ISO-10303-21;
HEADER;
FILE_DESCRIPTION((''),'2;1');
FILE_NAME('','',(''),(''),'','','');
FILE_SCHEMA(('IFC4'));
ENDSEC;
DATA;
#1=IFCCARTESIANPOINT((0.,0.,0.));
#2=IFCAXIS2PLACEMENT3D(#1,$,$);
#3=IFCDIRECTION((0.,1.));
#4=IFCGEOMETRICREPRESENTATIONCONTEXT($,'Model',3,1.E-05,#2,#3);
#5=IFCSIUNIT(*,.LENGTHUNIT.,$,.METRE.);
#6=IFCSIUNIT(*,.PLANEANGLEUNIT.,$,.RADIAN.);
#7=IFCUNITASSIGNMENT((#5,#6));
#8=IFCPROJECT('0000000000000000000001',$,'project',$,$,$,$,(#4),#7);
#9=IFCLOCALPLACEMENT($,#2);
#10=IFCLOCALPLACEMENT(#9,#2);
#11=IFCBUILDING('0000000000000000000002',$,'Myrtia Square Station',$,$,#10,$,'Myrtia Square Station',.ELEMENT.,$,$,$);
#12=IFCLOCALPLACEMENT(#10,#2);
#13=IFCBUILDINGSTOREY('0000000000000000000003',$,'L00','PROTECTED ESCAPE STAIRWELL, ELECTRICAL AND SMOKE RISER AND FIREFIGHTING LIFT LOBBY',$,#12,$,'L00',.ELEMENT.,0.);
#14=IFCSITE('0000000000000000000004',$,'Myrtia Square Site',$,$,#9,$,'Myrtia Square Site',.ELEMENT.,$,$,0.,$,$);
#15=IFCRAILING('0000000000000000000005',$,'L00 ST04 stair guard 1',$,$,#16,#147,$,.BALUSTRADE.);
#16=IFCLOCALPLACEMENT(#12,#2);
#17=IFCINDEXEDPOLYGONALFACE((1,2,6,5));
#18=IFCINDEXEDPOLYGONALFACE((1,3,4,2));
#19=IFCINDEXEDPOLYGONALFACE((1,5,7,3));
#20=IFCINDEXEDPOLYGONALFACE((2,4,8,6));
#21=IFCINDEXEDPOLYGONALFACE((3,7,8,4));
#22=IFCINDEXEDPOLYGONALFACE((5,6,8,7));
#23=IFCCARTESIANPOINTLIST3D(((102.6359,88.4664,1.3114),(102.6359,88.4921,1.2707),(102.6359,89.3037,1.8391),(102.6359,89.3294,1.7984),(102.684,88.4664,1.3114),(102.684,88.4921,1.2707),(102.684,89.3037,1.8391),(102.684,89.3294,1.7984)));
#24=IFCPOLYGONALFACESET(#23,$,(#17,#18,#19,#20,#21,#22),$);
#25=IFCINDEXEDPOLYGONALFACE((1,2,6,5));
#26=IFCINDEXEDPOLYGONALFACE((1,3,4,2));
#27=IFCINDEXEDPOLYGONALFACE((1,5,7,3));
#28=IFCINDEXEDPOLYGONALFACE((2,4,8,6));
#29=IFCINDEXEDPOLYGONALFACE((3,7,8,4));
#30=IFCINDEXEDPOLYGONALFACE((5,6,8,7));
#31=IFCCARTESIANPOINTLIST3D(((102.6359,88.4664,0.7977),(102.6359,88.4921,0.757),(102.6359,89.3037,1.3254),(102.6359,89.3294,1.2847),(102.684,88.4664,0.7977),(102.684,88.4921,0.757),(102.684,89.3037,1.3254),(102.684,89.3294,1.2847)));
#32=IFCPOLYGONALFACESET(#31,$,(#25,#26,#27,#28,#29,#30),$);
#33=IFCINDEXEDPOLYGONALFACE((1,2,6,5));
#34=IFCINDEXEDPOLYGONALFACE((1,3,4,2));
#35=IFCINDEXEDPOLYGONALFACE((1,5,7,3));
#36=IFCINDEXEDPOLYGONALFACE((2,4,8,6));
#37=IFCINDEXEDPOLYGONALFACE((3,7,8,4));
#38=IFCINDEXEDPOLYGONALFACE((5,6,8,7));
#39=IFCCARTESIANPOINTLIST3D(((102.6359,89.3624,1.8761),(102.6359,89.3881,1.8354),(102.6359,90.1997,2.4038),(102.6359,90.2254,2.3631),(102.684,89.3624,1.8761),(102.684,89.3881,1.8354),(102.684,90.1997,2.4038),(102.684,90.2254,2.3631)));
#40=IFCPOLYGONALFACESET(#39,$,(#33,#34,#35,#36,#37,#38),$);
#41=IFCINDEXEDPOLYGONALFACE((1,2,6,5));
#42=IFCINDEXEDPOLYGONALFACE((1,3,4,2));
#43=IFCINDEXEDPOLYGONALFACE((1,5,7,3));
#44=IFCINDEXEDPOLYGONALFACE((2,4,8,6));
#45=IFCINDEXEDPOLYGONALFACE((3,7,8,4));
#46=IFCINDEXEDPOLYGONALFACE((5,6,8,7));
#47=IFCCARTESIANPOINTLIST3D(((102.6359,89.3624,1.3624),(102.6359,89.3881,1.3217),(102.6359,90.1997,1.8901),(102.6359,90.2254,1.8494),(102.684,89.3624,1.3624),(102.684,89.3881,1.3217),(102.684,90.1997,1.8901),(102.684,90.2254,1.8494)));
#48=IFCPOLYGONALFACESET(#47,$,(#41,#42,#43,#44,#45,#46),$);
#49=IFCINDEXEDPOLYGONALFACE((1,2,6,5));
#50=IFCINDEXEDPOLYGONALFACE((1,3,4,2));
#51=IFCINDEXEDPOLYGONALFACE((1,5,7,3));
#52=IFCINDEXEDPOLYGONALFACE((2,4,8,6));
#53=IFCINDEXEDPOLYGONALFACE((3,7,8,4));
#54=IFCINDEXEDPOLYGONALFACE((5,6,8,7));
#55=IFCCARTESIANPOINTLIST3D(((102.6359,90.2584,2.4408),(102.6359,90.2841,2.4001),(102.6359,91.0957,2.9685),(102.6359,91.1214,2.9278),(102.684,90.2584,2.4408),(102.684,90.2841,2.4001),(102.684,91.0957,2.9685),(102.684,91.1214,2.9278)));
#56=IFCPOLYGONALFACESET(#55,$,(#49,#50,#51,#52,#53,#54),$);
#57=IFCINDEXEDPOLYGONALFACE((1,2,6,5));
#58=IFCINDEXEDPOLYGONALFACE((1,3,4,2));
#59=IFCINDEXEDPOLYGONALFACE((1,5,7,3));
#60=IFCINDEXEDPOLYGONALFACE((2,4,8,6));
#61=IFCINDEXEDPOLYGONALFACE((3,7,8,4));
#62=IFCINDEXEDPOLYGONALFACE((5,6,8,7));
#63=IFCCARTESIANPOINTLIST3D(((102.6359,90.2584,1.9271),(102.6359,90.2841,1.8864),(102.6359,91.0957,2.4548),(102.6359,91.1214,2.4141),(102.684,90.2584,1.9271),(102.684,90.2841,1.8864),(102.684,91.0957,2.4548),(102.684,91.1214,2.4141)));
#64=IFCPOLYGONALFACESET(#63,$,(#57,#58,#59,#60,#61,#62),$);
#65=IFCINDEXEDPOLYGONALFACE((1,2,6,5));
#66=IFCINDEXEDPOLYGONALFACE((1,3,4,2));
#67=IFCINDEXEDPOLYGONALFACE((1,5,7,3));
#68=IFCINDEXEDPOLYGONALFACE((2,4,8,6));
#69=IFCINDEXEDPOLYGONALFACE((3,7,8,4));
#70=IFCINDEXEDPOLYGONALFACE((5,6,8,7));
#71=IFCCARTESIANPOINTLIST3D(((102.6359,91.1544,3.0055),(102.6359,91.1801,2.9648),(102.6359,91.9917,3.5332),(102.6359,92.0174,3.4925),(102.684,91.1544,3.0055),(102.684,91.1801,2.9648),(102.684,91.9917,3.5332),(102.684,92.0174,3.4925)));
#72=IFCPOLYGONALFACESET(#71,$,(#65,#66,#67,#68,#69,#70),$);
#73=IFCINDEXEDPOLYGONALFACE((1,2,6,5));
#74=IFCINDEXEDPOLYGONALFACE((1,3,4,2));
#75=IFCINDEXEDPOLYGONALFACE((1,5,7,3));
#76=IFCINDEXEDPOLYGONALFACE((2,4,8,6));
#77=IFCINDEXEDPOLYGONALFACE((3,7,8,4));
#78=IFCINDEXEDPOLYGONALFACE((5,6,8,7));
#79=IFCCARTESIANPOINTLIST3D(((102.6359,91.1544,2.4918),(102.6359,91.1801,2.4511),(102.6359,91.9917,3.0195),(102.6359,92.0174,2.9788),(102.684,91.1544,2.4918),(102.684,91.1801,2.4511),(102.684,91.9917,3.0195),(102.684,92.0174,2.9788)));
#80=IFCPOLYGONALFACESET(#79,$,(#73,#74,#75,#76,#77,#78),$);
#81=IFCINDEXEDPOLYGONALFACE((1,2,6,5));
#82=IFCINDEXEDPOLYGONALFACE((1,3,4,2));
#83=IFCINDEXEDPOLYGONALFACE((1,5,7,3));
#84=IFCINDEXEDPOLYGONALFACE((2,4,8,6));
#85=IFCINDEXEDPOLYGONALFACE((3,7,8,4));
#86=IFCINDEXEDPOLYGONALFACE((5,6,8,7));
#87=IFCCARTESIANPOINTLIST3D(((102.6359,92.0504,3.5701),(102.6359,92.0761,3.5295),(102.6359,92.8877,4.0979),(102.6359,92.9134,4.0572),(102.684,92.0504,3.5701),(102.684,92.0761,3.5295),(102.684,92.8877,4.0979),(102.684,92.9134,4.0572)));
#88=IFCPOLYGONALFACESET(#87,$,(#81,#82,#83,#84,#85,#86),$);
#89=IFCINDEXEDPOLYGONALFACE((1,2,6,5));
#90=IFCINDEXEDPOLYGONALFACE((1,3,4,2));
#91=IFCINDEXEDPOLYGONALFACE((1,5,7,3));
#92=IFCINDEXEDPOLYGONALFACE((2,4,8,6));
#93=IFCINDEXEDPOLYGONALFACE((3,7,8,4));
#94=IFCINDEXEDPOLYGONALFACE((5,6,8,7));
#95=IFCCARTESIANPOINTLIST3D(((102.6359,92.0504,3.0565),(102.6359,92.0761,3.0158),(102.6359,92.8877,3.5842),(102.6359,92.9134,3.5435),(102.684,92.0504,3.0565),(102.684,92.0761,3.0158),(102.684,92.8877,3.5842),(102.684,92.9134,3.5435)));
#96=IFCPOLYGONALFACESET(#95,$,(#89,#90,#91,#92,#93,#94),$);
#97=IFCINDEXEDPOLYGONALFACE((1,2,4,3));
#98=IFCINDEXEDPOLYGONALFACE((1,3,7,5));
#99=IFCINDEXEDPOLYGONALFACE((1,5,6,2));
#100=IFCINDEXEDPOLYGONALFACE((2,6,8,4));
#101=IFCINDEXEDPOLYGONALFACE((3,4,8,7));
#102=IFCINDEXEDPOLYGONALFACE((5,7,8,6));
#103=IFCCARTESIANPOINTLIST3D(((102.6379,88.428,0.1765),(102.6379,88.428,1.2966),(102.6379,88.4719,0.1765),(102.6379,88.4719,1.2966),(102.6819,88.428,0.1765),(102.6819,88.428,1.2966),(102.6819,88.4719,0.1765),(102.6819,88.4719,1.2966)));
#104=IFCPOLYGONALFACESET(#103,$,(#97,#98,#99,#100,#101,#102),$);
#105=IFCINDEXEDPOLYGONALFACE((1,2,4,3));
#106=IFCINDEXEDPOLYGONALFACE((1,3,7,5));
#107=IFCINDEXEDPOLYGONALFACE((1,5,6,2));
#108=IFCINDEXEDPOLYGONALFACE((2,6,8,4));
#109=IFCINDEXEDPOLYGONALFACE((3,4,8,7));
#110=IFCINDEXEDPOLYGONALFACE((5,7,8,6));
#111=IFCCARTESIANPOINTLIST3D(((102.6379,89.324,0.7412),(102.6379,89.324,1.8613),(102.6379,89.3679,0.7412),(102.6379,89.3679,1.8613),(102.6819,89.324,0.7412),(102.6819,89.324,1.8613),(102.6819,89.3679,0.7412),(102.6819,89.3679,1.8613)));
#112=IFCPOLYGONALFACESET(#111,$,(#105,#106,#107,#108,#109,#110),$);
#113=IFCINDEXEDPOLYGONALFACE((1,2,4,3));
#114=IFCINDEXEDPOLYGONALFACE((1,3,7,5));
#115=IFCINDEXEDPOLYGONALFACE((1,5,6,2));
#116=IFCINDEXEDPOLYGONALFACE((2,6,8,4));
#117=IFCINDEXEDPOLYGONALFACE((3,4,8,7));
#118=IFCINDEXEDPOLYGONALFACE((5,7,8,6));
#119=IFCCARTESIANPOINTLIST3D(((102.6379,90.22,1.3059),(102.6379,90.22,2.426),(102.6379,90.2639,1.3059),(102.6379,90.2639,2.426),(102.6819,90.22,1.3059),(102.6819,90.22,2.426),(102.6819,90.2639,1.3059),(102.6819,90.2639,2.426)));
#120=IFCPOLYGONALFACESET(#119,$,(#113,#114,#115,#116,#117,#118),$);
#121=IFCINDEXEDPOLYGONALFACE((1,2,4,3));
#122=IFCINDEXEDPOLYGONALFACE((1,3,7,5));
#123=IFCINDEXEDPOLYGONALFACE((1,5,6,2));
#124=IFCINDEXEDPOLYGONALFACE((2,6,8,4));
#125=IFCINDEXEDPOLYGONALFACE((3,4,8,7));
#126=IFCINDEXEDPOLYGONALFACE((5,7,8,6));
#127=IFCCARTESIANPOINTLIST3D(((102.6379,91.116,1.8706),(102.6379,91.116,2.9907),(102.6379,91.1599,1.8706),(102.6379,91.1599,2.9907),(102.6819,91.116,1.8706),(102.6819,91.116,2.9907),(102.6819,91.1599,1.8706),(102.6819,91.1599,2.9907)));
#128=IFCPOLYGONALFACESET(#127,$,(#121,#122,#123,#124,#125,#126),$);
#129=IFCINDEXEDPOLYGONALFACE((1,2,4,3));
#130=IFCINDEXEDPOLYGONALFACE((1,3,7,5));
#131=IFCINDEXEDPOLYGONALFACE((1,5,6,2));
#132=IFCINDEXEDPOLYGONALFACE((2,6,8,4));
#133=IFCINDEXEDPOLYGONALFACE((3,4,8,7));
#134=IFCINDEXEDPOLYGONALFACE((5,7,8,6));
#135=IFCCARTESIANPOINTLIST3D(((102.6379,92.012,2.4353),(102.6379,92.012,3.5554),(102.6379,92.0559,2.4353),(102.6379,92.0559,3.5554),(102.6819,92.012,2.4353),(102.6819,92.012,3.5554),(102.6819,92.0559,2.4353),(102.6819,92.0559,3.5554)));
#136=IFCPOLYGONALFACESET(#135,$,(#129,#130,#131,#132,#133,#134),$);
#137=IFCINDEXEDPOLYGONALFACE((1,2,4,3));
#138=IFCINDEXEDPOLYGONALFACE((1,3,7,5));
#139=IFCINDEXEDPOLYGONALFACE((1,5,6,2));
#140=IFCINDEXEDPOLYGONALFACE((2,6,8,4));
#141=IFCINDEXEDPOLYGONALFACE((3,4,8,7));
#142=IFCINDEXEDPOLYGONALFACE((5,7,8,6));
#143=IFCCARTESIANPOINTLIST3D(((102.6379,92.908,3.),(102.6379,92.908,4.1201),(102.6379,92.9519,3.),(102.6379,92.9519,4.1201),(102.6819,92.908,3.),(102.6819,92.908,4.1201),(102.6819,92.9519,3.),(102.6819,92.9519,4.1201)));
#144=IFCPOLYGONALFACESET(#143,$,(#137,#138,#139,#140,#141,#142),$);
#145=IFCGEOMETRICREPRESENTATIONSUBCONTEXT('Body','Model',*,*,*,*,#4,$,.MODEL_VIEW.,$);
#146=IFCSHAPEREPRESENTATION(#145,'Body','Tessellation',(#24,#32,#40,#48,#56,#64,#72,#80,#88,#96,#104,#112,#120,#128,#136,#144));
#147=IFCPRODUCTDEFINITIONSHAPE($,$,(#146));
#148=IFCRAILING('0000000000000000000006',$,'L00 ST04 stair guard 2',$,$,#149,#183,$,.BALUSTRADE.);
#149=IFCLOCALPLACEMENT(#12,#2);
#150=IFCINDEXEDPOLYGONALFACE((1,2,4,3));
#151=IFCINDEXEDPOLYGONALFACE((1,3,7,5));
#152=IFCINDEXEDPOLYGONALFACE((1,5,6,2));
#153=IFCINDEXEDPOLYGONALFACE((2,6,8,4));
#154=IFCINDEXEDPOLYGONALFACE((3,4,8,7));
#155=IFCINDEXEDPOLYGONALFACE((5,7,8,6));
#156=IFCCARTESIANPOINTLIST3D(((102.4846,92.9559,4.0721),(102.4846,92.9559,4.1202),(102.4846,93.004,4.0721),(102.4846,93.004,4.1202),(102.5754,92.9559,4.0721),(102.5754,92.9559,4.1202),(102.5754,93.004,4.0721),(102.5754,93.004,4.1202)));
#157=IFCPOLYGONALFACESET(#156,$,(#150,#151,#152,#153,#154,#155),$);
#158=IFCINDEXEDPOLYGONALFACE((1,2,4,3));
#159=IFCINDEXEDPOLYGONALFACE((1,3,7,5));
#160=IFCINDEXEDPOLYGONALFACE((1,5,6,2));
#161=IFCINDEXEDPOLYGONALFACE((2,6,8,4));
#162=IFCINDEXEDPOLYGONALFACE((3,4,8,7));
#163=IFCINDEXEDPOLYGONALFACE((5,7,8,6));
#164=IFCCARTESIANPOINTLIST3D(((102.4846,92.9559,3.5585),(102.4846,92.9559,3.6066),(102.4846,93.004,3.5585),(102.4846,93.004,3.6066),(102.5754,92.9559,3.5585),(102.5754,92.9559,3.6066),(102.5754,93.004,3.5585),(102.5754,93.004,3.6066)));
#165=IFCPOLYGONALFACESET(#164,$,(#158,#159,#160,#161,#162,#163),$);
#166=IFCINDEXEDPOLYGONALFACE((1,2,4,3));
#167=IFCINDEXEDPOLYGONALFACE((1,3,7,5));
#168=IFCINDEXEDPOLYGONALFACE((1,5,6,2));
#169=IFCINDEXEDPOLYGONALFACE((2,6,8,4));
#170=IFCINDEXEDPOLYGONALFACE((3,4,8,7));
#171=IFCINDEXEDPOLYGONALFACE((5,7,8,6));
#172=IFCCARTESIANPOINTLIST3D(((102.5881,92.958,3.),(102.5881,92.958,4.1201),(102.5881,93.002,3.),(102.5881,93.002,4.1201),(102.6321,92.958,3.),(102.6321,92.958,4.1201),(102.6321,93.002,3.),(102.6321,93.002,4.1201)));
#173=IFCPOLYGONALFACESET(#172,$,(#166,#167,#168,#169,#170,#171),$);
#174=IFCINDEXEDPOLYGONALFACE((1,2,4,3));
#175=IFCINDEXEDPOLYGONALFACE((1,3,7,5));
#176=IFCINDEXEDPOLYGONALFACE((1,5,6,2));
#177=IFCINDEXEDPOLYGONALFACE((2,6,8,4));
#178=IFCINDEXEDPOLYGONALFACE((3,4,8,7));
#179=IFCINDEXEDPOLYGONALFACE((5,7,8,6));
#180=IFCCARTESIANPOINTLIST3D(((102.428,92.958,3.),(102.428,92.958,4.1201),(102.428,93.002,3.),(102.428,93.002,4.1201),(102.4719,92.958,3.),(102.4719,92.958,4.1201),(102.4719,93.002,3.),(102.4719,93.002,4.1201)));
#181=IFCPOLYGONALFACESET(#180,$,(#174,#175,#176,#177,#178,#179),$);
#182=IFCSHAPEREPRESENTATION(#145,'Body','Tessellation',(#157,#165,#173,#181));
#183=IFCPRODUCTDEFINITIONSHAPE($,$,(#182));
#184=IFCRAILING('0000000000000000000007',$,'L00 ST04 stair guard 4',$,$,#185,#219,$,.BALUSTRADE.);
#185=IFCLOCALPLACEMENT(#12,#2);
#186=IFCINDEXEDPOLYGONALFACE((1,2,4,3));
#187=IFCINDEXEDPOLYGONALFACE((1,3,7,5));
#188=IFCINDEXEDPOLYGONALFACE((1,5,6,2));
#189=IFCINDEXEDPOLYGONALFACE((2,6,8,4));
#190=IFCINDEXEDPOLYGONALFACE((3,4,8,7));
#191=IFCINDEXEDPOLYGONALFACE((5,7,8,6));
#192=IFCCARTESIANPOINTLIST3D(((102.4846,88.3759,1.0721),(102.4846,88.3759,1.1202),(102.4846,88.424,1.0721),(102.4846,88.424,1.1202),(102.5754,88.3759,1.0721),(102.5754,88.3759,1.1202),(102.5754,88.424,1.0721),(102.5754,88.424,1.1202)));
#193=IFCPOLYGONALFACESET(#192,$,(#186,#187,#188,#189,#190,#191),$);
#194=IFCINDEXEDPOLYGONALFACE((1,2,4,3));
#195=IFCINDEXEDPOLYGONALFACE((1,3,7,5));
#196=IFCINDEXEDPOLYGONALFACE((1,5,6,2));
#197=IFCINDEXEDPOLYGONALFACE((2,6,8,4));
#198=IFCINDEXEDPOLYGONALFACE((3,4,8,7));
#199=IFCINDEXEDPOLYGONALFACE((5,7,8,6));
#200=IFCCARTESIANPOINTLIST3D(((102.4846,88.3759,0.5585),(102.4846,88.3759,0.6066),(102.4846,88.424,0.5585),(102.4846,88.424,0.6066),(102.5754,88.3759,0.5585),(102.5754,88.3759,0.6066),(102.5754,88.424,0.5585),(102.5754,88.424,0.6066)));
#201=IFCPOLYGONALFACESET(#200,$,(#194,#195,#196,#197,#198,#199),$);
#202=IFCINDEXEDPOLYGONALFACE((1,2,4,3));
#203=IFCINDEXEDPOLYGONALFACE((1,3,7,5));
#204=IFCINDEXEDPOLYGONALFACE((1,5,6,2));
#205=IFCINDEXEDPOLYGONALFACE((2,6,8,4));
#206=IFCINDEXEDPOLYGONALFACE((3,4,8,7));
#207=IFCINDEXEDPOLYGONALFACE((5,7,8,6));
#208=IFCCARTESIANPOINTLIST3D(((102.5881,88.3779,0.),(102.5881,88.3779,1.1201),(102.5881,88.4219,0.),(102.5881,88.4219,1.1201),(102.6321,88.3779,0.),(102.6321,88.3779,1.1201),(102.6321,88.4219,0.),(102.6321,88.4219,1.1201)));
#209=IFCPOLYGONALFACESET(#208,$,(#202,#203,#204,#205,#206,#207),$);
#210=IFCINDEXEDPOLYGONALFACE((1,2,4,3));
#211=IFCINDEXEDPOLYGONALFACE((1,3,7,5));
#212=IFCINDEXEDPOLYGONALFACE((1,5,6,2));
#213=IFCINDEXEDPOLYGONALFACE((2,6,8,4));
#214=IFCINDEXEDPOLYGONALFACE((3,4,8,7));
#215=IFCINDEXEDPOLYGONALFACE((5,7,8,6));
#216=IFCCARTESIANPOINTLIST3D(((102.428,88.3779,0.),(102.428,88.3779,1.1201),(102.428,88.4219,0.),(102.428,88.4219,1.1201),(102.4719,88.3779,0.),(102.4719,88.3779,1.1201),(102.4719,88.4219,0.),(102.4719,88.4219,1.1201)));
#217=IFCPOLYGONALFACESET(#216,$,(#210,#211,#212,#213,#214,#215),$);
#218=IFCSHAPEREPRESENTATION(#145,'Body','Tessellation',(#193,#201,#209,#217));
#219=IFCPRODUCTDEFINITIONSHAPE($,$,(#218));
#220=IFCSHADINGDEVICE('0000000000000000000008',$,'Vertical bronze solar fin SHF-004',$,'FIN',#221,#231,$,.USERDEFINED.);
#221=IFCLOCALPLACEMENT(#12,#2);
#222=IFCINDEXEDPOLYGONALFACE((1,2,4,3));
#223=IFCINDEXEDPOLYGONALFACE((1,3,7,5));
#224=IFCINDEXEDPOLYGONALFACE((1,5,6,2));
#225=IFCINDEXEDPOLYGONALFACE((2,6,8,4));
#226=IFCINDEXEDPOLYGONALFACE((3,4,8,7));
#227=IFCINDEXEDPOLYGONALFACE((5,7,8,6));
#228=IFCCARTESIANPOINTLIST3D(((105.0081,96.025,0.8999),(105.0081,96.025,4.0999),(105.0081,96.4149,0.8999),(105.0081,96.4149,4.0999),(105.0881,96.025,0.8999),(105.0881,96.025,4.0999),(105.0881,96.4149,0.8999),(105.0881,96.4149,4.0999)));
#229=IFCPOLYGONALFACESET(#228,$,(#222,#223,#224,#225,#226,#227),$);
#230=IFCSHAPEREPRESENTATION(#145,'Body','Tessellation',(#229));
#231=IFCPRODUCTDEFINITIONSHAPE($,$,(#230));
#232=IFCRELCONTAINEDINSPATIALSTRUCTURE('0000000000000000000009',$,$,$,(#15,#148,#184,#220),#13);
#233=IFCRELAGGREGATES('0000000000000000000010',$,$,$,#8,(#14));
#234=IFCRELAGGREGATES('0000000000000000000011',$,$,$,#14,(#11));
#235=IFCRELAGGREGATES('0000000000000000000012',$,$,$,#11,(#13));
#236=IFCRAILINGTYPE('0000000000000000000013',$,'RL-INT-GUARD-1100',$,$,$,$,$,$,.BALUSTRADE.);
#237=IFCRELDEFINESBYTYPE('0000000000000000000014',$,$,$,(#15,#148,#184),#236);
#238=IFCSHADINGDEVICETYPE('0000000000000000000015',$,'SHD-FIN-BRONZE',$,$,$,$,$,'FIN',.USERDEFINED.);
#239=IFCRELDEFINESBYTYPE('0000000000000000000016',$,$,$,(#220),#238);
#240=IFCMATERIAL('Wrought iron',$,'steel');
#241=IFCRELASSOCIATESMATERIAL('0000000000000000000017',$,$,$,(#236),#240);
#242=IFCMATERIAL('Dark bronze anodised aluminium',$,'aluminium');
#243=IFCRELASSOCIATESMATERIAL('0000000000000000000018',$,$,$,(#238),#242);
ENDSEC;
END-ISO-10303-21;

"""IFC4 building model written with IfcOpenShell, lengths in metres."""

from ifc_helpers import new_model, si_unit, direction, frame, origin, origin_2d, place, context, subcontext, project, spatial, rectangle, extrude, material, type_object, element, save


model = new_model("IFC4")

# Units and contexts
model_context = context("Model", 3, precision=1e-05, world=origin(), true_north=direction((0.0, 1.0)))
body_context = subcontext(model_context, "Body", "Model", "MODEL_VIEW")
ifc_project = project(units=[si_unit("LENGTHUNIT", "METRE"), si_unit("PLANEANGLEUNIT", "RADIAN")], contexts=[model_context])

# Site, building, storey
site_placement = place(None, origin())
site = spatial("IfcSite", under=ifc_project, at=site_placement, Name="Myrtia Square Site", LongName="Myrtia Square Site", CompositionType="ELEMENT", RefElevation=0.0)
building_placement = place(site_placement, origin())
building = spatial("IfcBuilding", under=site, at=building_placement, Name="Myrtia Square Station", LongName="Myrtia Square Station", CompositionType="ELEMENT")
storey_placement = place(building_placement, origin())
storey = spatial("IfcBuildingStorey", under=building, at=storey_placement, Name="L00", Description="PROTECTED ESCAPE STAIRWELL, ELECTRICAL AND SMOKE RISER AND FIREFIGHTING LIFT LOBBY", LongName="L00", CompositionType="ELEMENT", Elevation=0.0)

# Shared definitions
ifc_material_1 = material(Name="Dark bronze anodised aluminium", Category="aluminium")

# Railings
ifc_material_2 = material(Name="Wrought iron", Category="steel")
railing_type_1 = type_object("IfcRailingType", Name="RL-INT-GUARD-1100", PredefinedType="BALUSTRADE", material=ifc_material_2)
railing_1_placement = place(storey_placement, frame((102.6599, 88.45, 0.1765)))
element("IfcRailing", 1, at=railing_1_placement, inside=storey, type_object=railing_type_1, Name="L00 ST04 stair guard 1", PredefinedType="BALUSTRADE", context=body_context, shape_type="SweptSolid", body=[
    extrude(rectangle(XDim=0.0481, YDim=0.0481, at=origin_2d()), frame((0.0, 0.0293, 1.1145), z_axis=(0.0, 0.845998, 0.533186), x_axis=(-1.0, 0.0, 0.0)), (0.0, 0.0, 1.0), 0.9897),
    extrude(rectangle(XDim=0.0481, YDim=0.0481, at=origin_2d()), frame((0.0, 0.0293, 0.6008), z_axis=(0.0, 0.845998, 0.533186), x_axis=(-1.0, 0.0, 0.0)), (0.0, 0.0, 1.0), 0.9897),
    extrude(rectangle(XDim=0.0481, YDim=0.0481, at=origin_2d()), frame((0.0, 0.9253, 1.6792), z_axis=(0.0, 0.845998, 0.533186), x_axis=(-1.0, 0.0, 0.0)), (0.0, 0.0, 1.0), 0.9897),
    extrude(rectangle(XDim=0.0481, YDim=0.0481, at=origin_2d()), frame((0.0, 0.9253, 1.1655), z_axis=(0.0, 0.845998, 0.533186), x_axis=(-1.0, 0.0, 0.0)), (0.0, 0.0, 1.0), 0.9897),
    extrude(rectangle(XDim=0.0481, YDim=0.0481, at=origin_2d()), frame((0.0, 1.8213, 2.2439), z_axis=(0.0, 0.845998, 0.533186), x_axis=(-1.0, 0.0, 0.0)), (0.0, 0.0, 1.0), 0.9897),
    extrude(rectangle(XDim=0.0481, YDim=0.0481, at=origin_2d()), frame((0.0, 1.8213, 1.7302), z_axis=(0.0, 0.845998, 0.533186), x_axis=(-1.0, 0.0, 0.0)), (0.0, 0.0, 1.0), 0.9897),
    extrude(rectangle(XDim=0.0481, YDim=0.0481, at=origin_2d()), frame((0.0, 2.7173, 2.8086), z_axis=(0.0, 0.845998, 0.533186), x_axis=(-1.0, 0.0, 0.0)), (0.0, 0.0, 1.0), 0.9897),
    extrude(rectangle(XDim=0.0481, YDim=0.0481, at=origin_2d()), frame((0.0, 2.7173, 2.2949), z_axis=(0.0, 0.845998, 0.533186), x_axis=(-1.0, 0.0, 0.0)), (0.0, 0.0, 1.0), 0.9897),
    extrude(rectangle(XDim=0.0481, YDim=0.0481, at=origin_2d()), frame((0.0, 3.6133, 3.3733), z_axis=(0.0, 0.845998, 0.533186), x_axis=(-1.0, 0.0, 0.0)), (0.0, 0.0, 1.0), 0.9897),
    extrude(rectangle(XDim=0.0481, YDim=0.0481, at=origin_2d()), frame((0.0, 3.6133, 2.8596), z_axis=(0.0, 0.845998, 0.533186), x_axis=(-1.0, 0.0, 0.0)), (0.0, 0.0, 1.0), 0.9897),
    extrude(rectangle(XDim=0.0439, YDim=0.0439, at=origin_2d()), origin(), (0.0, 0.0, 1.0), 1.1201),
    extrude(rectangle(XDim=0.0439, YDim=0.0439, at=origin_2d()), frame((0.0, 0.896, 0.5647)), (0.0, 0.0, 1.0), 1.1201),
    extrude(rectangle(XDim=0.0439, YDim=0.0439, at=origin_2d()), frame((0.0, 1.792, 1.1294)), (0.0, 0.0, 1.0), 1.1201),
    extrude(rectangle(XDim=0.0439, YDim=0.0439, at=origin_2d()), frame((0.0, 2.688, 1.6941)), (0.0, 0.0, 1.0), 1.1201),
    extrude(rectangle(XDim=0.0439, YDim=0.0439, at=origin_2d()), frame((0.0, 3.584, 2.2588)), (0.0, 0.0, 1.0), 1.1201),
    extrude(rectangle(XDim=0.0439, YDim=0.0439, at=origin_2d()), frame((0.0, 4.48, 2.8235)), (0.0, 0.0, 1.0), 1.1201),
])
for number, where, name in (
    (2, (102.6101, 92.98, 3.0), "L00 ST04 stair guard 2"),
    (3, (102.6101, 88.3999, 0.0), "L00 ST04 stair guard 4"),
):
    element("IfcRailing", number, at=place(storey_placement, frame(where)), inside=storey, type_object=railing_type_1, Name=name, PredefinedType="BALUSTRADE", context=body_context, shape_type="SweptSolid", body=[
        extrude(rectangle(XDim=0.0481, YDim=0.0481, at=origin_2d()), frame((-0.0347, 0.0, 1.0962), z_axis=(-1.0, 0.0, 0.0), x_axis=(0.0, -1.0, 0.0)), (0.0, 0.0, 1.0), 0.0908),
        extrude(rectangle(XDim=0.0481, YDim=0.0481, at=origin_2d()), frame((-0.0347, 0.0, 0.5825), z_axis=(-1.0, 0.0, 0.0), x_axis=(0.0, -1.0, 0.0)), (0.0, 0.0, 1.0), 0.0908),
        extrude(rectangle(XDim=0.0439, YDim=0.0439, at=origin_2d()), origin(), (0.0, 0.0, 1.0), 1.1201),
        extrude(rectangle(XDim=0.0439, YDim=0.0439, at=origin_2d()), frame((-0.1602, 0.0, 0.0)), (0.0, 0.0, 1.0), 1.1201),
    ])

# Shading device
shading_device_type_1 = type_object("IfcShadingDeviceType", Name="SHD-FIN-BRONZE", ElementType="FIN", PredefinedType="USERDEFINED", material=ifc_material_1)
shading_device_1_placement = place(storey_placement, frame((105.0481, 96.22, 0.8999), z_axis=(0.0, 0.0, 1.0), x_axis=(1.0, 0.0, 0.0)))
element("IfcShadingDevice", 4, at=shading_device_1_placement, inside=storey, type_object=shading_device_type_1, Name="Vertical bronze solar fin SHF-004", ObjectType="FIN", PredefinedType="USERDEFINED", context=body_context, shape_type="SweptSolid", body=[
    extrude(rectangle(XDim=0.0801, YDim=0.3899, at=origin_2d()), origin(), (0.0, 0.0, 1.0), 3.2),
])

save(model, "model.ifc")
